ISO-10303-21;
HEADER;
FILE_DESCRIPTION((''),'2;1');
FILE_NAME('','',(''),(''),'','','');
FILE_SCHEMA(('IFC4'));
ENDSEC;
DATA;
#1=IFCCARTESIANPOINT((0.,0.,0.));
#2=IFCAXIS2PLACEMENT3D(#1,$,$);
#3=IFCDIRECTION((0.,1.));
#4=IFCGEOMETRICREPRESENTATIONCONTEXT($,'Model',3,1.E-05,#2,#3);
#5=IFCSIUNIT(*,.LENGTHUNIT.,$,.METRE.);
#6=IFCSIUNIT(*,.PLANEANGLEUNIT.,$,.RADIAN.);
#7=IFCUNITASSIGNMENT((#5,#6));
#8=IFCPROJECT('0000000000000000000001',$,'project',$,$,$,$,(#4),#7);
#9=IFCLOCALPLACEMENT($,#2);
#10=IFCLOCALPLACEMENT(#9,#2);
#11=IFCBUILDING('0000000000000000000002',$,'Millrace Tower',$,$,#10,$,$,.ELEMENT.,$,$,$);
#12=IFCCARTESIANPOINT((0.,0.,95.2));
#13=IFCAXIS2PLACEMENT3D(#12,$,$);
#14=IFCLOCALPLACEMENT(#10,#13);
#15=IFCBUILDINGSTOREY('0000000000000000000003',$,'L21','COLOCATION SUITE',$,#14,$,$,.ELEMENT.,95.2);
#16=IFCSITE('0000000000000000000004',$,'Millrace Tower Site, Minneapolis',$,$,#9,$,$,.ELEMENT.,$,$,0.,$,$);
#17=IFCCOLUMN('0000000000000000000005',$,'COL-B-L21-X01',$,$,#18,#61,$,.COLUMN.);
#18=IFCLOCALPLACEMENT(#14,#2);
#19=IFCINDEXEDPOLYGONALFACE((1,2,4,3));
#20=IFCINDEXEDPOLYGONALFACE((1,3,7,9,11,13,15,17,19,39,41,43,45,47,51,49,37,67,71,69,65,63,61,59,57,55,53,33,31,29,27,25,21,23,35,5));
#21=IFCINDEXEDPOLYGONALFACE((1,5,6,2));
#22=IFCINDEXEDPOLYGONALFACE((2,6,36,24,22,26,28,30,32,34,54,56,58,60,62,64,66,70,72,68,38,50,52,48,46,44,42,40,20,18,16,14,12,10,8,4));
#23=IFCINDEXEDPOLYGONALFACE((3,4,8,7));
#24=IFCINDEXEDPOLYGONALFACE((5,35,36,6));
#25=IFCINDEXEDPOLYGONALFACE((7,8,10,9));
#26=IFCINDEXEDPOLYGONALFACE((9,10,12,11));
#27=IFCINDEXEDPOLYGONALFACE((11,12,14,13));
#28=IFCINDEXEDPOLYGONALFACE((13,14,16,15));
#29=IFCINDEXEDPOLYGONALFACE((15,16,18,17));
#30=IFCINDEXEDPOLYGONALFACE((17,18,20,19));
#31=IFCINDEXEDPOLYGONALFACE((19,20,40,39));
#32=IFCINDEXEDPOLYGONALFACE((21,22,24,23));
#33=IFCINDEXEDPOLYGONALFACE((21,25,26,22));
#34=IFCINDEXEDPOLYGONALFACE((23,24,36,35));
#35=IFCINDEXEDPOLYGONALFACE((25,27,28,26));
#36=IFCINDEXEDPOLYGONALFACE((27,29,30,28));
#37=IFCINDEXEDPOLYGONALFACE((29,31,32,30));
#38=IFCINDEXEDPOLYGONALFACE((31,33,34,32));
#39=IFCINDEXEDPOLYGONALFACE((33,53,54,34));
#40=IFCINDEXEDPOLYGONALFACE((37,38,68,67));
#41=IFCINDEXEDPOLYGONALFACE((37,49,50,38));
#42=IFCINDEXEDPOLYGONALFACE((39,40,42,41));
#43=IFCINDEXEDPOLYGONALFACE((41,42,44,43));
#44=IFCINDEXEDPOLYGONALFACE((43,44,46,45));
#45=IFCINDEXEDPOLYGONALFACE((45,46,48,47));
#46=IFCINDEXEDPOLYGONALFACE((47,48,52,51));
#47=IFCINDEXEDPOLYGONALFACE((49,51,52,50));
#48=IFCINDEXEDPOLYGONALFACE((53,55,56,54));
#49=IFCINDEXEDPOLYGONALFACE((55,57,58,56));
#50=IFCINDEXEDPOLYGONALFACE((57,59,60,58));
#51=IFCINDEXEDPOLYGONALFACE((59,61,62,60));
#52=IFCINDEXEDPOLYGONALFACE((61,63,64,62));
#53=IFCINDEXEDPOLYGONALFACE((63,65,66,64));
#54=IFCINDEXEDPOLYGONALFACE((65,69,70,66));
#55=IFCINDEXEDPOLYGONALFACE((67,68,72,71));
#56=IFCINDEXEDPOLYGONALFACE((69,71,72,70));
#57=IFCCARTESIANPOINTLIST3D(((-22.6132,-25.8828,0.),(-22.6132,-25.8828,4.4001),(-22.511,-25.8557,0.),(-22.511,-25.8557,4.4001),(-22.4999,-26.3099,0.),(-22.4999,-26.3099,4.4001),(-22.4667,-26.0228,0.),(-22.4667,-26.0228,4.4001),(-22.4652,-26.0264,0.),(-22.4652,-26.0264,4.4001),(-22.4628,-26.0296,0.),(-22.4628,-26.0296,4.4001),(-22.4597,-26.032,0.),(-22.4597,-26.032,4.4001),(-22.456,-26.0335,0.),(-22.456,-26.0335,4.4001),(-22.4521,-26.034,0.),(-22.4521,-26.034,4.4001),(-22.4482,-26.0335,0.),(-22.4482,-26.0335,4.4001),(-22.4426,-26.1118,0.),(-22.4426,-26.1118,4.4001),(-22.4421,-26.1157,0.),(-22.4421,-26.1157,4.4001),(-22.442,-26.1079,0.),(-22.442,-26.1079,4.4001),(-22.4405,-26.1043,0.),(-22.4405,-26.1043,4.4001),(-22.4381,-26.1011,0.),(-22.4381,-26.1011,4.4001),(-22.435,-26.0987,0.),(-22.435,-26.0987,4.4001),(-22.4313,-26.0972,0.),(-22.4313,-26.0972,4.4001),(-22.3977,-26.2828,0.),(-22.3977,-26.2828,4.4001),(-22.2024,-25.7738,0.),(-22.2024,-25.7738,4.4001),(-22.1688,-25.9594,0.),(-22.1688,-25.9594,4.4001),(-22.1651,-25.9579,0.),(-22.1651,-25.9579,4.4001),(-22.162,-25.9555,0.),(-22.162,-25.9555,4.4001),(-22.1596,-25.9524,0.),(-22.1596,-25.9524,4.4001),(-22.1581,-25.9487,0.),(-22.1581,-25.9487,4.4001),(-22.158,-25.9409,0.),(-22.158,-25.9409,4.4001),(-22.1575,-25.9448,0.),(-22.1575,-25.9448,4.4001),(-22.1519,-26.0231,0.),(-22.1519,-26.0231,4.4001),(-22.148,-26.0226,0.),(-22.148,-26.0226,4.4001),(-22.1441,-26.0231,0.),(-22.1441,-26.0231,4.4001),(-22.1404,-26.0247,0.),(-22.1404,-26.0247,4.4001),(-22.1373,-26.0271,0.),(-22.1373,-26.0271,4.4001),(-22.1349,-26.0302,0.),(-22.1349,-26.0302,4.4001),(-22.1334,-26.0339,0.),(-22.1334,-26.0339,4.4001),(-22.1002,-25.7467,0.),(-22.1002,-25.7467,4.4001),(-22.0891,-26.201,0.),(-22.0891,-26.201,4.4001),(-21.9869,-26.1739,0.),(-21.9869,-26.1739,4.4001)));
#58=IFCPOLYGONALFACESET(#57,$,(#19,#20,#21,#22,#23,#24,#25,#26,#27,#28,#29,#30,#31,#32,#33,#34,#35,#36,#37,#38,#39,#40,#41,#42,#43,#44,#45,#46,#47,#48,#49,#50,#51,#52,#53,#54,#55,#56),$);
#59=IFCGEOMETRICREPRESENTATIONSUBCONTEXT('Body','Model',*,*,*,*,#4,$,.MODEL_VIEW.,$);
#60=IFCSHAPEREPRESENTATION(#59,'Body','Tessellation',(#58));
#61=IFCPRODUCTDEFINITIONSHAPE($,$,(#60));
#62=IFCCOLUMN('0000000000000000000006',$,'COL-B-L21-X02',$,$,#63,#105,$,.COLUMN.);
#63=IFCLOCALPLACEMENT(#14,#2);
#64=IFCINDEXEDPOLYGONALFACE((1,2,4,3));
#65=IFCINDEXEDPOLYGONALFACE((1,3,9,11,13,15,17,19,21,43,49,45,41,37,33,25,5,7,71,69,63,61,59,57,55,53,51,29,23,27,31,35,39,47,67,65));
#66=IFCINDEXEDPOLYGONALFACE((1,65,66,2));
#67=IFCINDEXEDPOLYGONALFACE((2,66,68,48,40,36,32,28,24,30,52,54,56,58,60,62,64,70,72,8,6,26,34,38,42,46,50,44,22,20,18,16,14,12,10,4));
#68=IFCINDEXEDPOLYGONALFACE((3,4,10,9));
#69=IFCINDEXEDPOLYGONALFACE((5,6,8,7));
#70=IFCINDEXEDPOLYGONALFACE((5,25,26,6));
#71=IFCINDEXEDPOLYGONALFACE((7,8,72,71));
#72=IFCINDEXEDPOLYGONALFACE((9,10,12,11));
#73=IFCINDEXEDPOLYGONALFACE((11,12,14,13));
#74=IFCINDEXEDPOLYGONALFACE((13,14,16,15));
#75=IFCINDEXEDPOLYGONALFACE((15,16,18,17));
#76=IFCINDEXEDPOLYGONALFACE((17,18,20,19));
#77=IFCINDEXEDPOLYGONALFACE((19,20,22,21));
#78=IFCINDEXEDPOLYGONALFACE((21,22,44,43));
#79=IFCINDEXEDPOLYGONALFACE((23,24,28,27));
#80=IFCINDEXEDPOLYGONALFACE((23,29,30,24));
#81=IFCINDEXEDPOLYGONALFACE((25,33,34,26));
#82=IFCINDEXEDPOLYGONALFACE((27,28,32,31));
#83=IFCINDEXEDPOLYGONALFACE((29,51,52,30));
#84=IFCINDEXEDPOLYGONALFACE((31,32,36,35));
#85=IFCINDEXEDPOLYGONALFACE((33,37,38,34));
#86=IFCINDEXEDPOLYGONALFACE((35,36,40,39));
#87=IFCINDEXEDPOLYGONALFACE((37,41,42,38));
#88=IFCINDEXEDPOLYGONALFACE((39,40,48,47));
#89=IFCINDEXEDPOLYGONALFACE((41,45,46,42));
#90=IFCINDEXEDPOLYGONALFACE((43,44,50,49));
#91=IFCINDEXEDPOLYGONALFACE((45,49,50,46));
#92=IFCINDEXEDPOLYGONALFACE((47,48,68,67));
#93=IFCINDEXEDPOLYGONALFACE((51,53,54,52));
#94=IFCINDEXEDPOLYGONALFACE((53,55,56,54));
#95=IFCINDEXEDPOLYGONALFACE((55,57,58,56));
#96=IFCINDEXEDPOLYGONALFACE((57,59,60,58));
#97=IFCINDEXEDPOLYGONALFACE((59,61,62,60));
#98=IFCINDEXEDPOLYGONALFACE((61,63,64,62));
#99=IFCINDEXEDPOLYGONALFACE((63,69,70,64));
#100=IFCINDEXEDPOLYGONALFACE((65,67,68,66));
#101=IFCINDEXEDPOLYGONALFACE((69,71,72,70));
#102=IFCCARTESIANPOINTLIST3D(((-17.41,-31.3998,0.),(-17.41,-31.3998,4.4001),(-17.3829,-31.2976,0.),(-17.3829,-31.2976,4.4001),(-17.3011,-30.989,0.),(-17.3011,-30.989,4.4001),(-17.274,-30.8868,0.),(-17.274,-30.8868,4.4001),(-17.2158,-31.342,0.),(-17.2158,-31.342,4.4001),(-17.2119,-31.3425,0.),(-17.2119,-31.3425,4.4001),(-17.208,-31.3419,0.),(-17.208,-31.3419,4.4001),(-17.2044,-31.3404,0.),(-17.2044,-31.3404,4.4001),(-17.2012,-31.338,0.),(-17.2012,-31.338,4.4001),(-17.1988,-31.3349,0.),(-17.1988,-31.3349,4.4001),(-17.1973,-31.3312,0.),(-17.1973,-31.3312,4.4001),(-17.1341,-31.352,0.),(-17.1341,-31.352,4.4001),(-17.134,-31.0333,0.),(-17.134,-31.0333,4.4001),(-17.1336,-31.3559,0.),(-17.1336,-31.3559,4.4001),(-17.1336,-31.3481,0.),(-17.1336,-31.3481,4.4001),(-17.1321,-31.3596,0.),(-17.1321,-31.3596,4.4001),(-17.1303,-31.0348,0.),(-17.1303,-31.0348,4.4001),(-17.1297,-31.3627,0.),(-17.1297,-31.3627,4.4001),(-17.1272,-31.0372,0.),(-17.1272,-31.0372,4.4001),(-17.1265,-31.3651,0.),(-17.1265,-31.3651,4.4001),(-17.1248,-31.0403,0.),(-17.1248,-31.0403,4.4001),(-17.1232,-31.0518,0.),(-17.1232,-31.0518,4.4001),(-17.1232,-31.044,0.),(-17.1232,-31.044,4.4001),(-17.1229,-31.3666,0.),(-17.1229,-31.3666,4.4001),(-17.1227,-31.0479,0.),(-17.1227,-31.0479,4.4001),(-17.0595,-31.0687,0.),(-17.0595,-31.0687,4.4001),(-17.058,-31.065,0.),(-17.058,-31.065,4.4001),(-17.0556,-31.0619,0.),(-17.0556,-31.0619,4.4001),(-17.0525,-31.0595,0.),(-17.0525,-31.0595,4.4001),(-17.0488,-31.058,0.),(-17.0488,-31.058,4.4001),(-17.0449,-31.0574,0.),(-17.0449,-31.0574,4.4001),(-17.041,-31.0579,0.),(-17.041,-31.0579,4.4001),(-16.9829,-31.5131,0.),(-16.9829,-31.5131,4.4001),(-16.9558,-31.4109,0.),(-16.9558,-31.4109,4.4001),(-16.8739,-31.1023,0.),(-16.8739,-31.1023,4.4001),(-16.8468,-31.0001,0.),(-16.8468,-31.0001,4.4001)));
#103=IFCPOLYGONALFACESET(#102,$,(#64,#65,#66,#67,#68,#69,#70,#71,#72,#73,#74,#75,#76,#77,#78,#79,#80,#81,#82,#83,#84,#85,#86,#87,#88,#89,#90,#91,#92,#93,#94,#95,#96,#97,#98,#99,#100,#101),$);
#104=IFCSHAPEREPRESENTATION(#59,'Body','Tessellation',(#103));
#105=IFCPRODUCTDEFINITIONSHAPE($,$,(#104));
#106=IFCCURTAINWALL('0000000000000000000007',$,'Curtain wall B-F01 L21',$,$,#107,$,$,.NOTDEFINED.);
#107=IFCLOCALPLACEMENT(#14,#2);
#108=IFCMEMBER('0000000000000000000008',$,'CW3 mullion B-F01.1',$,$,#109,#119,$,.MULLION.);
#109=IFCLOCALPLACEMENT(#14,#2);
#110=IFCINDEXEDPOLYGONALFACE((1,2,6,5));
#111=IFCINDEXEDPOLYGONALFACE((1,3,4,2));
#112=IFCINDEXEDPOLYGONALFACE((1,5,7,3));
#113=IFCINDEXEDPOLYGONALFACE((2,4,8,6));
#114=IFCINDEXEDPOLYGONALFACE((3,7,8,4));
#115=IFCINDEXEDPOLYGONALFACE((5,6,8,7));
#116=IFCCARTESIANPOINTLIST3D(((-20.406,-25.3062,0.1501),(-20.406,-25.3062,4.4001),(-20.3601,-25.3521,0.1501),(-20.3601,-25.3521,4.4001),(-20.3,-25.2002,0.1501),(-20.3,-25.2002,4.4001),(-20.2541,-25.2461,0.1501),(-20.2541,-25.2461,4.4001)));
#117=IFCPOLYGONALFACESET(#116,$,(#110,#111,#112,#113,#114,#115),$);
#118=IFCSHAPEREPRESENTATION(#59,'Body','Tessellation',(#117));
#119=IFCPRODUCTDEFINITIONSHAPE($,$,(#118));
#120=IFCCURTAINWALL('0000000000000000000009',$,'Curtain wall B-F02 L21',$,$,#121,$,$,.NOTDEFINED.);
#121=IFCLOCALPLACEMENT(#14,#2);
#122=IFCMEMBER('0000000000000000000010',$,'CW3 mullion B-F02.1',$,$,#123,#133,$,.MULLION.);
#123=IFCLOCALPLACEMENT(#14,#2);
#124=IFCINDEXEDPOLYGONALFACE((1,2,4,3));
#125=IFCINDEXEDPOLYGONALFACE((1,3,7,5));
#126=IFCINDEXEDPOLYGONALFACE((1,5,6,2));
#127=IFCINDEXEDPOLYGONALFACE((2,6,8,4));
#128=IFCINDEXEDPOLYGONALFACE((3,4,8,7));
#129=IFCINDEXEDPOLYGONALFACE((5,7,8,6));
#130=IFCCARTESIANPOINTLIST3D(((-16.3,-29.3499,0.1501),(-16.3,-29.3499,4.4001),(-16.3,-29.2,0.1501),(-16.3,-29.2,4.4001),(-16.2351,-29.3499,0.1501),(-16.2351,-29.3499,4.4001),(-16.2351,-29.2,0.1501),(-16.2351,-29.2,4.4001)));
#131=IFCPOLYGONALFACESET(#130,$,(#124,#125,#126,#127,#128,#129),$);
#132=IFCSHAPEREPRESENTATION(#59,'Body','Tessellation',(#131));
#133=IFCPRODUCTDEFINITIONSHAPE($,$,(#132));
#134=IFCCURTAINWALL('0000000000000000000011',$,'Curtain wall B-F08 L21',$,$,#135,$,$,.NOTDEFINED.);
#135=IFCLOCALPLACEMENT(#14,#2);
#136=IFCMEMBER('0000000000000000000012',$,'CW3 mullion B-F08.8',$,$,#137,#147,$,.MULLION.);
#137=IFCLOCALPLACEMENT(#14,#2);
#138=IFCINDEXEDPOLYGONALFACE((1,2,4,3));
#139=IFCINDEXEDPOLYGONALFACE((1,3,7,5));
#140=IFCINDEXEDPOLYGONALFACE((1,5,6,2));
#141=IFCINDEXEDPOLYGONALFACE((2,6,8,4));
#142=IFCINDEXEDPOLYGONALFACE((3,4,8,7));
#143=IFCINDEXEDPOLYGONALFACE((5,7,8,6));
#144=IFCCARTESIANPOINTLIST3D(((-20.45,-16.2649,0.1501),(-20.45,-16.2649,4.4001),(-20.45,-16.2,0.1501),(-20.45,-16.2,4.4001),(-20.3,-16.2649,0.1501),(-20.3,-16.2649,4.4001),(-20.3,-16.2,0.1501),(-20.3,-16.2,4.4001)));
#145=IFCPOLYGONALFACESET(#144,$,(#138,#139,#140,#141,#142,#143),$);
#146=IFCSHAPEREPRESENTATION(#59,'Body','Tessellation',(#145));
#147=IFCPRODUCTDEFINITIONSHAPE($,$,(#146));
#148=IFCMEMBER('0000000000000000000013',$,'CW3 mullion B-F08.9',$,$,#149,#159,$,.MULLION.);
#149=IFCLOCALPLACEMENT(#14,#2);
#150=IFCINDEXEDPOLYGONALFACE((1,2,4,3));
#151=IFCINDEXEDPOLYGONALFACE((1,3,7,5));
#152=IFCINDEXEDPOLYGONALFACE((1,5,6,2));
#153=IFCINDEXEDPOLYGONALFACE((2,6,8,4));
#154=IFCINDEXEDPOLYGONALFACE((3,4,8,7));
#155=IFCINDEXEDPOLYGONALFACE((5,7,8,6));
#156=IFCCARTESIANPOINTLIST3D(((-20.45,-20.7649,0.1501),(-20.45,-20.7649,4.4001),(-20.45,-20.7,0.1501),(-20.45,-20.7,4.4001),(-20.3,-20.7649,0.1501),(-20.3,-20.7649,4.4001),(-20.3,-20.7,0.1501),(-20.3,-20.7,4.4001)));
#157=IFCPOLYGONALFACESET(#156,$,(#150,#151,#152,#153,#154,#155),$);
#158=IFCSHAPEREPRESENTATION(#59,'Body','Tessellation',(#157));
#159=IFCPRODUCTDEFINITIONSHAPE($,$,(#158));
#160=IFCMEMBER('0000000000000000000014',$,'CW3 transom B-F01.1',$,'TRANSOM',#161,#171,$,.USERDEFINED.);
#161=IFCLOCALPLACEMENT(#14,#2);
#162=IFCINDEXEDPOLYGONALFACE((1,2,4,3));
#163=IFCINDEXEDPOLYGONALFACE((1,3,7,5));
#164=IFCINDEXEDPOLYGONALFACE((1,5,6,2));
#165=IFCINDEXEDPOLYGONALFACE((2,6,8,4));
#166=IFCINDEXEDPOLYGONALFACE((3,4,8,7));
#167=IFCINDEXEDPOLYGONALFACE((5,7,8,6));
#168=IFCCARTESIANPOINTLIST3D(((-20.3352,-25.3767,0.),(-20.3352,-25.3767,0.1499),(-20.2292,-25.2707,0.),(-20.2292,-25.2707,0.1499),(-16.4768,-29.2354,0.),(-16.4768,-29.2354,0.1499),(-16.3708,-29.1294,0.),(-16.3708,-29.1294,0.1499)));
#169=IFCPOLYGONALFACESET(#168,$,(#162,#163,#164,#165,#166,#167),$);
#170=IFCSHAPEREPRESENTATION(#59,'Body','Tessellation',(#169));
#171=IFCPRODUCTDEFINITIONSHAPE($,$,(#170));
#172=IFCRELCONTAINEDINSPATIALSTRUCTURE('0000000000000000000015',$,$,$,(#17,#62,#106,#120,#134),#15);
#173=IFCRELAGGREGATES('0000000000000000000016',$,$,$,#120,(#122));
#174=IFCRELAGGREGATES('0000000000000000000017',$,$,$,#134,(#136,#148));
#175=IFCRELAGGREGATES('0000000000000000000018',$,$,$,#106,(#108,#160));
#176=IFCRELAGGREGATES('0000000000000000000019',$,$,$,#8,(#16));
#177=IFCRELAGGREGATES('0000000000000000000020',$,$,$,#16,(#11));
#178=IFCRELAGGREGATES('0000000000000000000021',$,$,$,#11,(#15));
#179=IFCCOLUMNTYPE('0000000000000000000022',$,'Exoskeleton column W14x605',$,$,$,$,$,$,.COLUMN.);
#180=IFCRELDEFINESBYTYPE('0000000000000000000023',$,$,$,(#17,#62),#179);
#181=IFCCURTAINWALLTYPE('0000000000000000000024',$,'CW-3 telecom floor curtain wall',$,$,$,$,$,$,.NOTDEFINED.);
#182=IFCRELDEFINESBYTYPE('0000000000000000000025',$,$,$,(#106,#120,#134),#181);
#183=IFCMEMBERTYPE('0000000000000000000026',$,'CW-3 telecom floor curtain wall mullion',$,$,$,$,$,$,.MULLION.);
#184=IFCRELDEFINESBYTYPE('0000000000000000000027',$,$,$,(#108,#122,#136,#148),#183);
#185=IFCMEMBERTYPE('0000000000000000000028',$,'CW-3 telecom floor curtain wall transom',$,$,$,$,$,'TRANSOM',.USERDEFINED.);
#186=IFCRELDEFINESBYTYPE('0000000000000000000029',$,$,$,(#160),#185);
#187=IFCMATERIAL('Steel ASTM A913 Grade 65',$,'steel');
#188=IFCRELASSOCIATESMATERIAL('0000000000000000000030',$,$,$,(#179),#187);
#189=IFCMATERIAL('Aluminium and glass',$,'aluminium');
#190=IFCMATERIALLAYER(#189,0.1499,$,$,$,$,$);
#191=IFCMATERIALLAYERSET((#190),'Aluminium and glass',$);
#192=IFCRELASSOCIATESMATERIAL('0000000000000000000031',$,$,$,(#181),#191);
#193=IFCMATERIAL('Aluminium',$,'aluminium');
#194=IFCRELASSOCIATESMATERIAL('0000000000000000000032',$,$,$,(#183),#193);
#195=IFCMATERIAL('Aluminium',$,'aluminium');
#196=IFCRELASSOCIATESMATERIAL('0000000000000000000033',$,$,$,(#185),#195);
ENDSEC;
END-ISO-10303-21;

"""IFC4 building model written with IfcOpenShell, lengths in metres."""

from ifc_helpers import new_model, si_unit, direction, frame, origin, origin_2d, place, context, subcontext, project, spatial, rectangle, i_section, extrude, material, layer, layer_set, material_profile, profile_set, type_object, element, aggregate, save


model = new_model("IFC4")

# Units and contexts
model_context = context("Model", 3, precision=1e-05, world=origin(), true_north=direction((0.0, 1.0)))
body_context = subcontext(model_context, "Body", "Model", "MODEL_VIEW")
ifc_project = project(units=[si_unit("LENGTHUNIT", "METRE"), si_unit("PLANEANGLEUNIT", "RADIAN")], contexts=[model_context])

# Site, building, storey
site_placement = place(None, origin())
site = spatial("IfcSite", under=ifc_project, at=site_placement, Name="Millrace Tower Site, Minneapolis", CompositionType="ELEMENT", RefElevation=0.0)
building_placement = place(site_placement, origin())
building = spatial("IfcBuilding", under=site, at=building_placement, Name="Millrace Tower", CompositionType="ELEMENT")
storey_placement = place(building_placement, frame((0.0, 0.0, 95.2)))
storey = spatial("IfcBuildingStorey", under=building, at=storey_placement, Name="L21", Description="COLOCATION SUITE", CompositionType="ELEMENT", Elevation=95.2)

# Columns
ifc_material_1 = material(Name="Steel ASTM A913 Grade 65", Category="steel")
ifc_material_profile_1 = material_profile(ifc_material_1, i_section(OverallWidth=0.4419, OverallDepth=0.5308, WebThickness=0.0659, FlangeThickness=0.1057, FilletRadius=0.0151, at=origin_2d()))
ifc_profile_set_1 = profile_set([ifc_material_profile_1], Name="Steel ASTM A913 Grade 65")
column_type = type_object("IfcColumnType", Name="Exoskeleton column W14x605", PredefinedType="COLUMN", material=ifc_profile_set_1)
for number, where, z_axis, x_axis, name in (
    (1, (-22.3, -26.0283, 0.0), (0.0, 0.0, 1.0), (0.256347, -0.966585, 0.0), "COL-B-L21-X01"),
    (2, (-17.1284, -31.2, 0.0), (0.0, 0.0, 1.0), (0.966585, -0.256347, 0.0), "COL-B-L21-X02"),
):
    element("IfcColumn", number, at=place(storey_placement, frame(where, z_axis=z_axis, x_axis=x_axis)), inside=storey, type_object=column_type, Name=name, PredefinedType="COLUMN", context=body_context, shape_type="SweptSolid", body=[
        extrude(i_section(OverallWidth=0.4419, OverallDepth=0.5308, WebThickness=0.0659, FlangeThickness=0.1057, FilletRadius=0.0151, at=origin_2d()), origin(), (0.0, 0.0, 1.0), 4.4001),
    ])

# Curtain walls, members
ifc_material_2 = material(Name="Aluminium and glass", Category="aluminium")
ifc_layer_1 = layer(ifc_material_2, 0.1499)
ifc_layer_set_1 = layer_set([ifc_layer_1], Name="Aluminium and glass")
curtain_wall_type = type_object("IfcCurtainWallType", Name="CW-3 telecom floor curtain wall", PredefinedType="NOTDEFINED", material=ifc_layer_set_1)
placement = place(storey_placement, origin())
curtain_wall_1 = element("IfcCurtainWall", 3, at=placement, inside=storey, type_object=curtain_wall_type, Name="Curtain wall B-F01 L21", PredefinedType="NOTDEFINED")
ifc_material_3 = material(Name="Aluminium", Category="aluminium")
ifc_material_profile_2 = material_profile(ifc_material_3, rectangle(XDim=0.0649, YDim=0.1499, at=origin_2d()))
ifc_profile_set_2 = profile_set([ifc_material_profile_2], Name="Aluminium")
member_type_1 = type_object("IfcMemberType", Name="CW-3 telecom floor curtain wall mullion", PredefinedType="MULLION", material=ifc_profile_set_2)
member_1_placement = place(storey_placement, frame((-20.3301, -25.2761, 0.1501), z_axis=(0.0, 0.0, 1.0), x_axis=(0.707107, -0.707107, 0.0)))
member_1 = element("IfcMember", 4, at=member_1_placement, type_object=member_type_1, Name="CW3 mullion B-F01.1", PredefinedType="MULLION", context=body_context, shape_type="SweptSolid", body=[
    extrude(rectangle(XDim=0.0649, YDim=0.1499, at=origin_2d()), origin(), (0.0, 0.0, 1.0), 4.25),
])
curtain_wall_2 = element("IfcCurtainWall", 5, at=placement, inside=storey, type_object=curtain_wall_type, Name="Curtain wall B-F02 L21", PredefinedType="NOTDEFINED")
member_2_placement = place(storey_placement, frame((-16.2676, -29.2749, 0.1501), z_axis=(0.0, 0.0, 1.0), x_axis=(1.0, 0.0, 0.0)))
member_2 = element("IfcMember", 6, at=member_2_placement, type_object=member_type_1, Name="CW3 mullion B-F02.1", PredefinedType="MULLION", context=body_context, shape_type="SweptSolid", body=[
    extrude(rectangle(XDim=0.0649, YDim=0.1499, at=origin_2d()), origin(), (0.0, 0.0, 1.0), 4.25),
])
aggregate(curtain_wall_2, [member_2])

# Curtain wall, members
curtain_wall_3 = element("IfcCurtainWall", 7, at=placement, inside=storey, type_object=curtain_wall_type, Name="Curtain wall B-F08 L21", PredefinedType="NOTDEFINED")
member_3_placement = place(storey_placement, frame((-20.375, -16.2324, 0.1501), z_axis=(0.0, 0.0, 1.0), x_axis=(0.0, -1.0, 0.0)))
member_3 = element("IfcMember", 8, at=member_3_placement, type_object=member_type_1, Name="CW3 mullion B-F08.8", PredefinedType="MULLION", context=body_context, shape_type="SweptSolid", body=[
    extrude(rectangle(XDim=0.0649, YDim=0.1499, at=origin_2d()), origin(), (0.0, 0.0, 1.0), 4.25),
])
member_4_placement = place(storey_placement, frame((-20.375, -20.7324, 0.1501), z_axis=(0.0, 0.0, 1.0), x_axis=(0.0, -1.0, 0.0)))
member_4 = element("IfcMember", 9, at=member_4_placement, type_object=member_type_1, Name="CW3 mullion B-F08.9", PredefinedType="MULLION", context=body_context, shape_type="SweptSolid", body=[
    extrude(rectangle(XDim=0.0649, YDim=0.1499, at=origin_2d()), origin(), (0.0, 0.0, 1.0), 4.25),
])
aggregate(curtain_wall_3, [member_3, member_4])

# Member
ifc_material_4 = material(Name="Aluminium", Category="aluminium")
ifc_material_profile_3 = material_profile(ifc_material_4, rectangle(XDim=0.1499, YDim=0.1499, at=origin_2d()))
ifc_profile_set_3 = profile_set([ifc_material_profile_3], Name="Aluminium")
member_type_2 = type_object("IfcMemberType", Name="CW-3 telecom floor curtain wall transom", ElementType="TRANSOM", PredefinedType="USERDEFINED", material=ifc_profile_set_3)
member_5_placement = place(storey_placement, frame((-20.2822, -25.3237, 0.075), z_axis=(0.707084, -0.707129, 0.0), x_axis=(0.707129, 0.707084, 0.0)))
member_5 = element("IfcMember", 10, at=member_5_placement, type_object=member_type_2, Name="CW3 transom B-F01.1", ObjectType="TRANSOM", PredefinedType="USERDEFINED", context=body_context, shape_type="SweptSolid", body=[
    extrude(rectangle(XDim=0.1499, YDim=0.1499, at=origin_2d()), origin(), (0.0, 0.0, 1.0), 5.4568),
])
aggregate(curtain_wall_1, [member_1, member_5])

save(model, "model.ifc")
